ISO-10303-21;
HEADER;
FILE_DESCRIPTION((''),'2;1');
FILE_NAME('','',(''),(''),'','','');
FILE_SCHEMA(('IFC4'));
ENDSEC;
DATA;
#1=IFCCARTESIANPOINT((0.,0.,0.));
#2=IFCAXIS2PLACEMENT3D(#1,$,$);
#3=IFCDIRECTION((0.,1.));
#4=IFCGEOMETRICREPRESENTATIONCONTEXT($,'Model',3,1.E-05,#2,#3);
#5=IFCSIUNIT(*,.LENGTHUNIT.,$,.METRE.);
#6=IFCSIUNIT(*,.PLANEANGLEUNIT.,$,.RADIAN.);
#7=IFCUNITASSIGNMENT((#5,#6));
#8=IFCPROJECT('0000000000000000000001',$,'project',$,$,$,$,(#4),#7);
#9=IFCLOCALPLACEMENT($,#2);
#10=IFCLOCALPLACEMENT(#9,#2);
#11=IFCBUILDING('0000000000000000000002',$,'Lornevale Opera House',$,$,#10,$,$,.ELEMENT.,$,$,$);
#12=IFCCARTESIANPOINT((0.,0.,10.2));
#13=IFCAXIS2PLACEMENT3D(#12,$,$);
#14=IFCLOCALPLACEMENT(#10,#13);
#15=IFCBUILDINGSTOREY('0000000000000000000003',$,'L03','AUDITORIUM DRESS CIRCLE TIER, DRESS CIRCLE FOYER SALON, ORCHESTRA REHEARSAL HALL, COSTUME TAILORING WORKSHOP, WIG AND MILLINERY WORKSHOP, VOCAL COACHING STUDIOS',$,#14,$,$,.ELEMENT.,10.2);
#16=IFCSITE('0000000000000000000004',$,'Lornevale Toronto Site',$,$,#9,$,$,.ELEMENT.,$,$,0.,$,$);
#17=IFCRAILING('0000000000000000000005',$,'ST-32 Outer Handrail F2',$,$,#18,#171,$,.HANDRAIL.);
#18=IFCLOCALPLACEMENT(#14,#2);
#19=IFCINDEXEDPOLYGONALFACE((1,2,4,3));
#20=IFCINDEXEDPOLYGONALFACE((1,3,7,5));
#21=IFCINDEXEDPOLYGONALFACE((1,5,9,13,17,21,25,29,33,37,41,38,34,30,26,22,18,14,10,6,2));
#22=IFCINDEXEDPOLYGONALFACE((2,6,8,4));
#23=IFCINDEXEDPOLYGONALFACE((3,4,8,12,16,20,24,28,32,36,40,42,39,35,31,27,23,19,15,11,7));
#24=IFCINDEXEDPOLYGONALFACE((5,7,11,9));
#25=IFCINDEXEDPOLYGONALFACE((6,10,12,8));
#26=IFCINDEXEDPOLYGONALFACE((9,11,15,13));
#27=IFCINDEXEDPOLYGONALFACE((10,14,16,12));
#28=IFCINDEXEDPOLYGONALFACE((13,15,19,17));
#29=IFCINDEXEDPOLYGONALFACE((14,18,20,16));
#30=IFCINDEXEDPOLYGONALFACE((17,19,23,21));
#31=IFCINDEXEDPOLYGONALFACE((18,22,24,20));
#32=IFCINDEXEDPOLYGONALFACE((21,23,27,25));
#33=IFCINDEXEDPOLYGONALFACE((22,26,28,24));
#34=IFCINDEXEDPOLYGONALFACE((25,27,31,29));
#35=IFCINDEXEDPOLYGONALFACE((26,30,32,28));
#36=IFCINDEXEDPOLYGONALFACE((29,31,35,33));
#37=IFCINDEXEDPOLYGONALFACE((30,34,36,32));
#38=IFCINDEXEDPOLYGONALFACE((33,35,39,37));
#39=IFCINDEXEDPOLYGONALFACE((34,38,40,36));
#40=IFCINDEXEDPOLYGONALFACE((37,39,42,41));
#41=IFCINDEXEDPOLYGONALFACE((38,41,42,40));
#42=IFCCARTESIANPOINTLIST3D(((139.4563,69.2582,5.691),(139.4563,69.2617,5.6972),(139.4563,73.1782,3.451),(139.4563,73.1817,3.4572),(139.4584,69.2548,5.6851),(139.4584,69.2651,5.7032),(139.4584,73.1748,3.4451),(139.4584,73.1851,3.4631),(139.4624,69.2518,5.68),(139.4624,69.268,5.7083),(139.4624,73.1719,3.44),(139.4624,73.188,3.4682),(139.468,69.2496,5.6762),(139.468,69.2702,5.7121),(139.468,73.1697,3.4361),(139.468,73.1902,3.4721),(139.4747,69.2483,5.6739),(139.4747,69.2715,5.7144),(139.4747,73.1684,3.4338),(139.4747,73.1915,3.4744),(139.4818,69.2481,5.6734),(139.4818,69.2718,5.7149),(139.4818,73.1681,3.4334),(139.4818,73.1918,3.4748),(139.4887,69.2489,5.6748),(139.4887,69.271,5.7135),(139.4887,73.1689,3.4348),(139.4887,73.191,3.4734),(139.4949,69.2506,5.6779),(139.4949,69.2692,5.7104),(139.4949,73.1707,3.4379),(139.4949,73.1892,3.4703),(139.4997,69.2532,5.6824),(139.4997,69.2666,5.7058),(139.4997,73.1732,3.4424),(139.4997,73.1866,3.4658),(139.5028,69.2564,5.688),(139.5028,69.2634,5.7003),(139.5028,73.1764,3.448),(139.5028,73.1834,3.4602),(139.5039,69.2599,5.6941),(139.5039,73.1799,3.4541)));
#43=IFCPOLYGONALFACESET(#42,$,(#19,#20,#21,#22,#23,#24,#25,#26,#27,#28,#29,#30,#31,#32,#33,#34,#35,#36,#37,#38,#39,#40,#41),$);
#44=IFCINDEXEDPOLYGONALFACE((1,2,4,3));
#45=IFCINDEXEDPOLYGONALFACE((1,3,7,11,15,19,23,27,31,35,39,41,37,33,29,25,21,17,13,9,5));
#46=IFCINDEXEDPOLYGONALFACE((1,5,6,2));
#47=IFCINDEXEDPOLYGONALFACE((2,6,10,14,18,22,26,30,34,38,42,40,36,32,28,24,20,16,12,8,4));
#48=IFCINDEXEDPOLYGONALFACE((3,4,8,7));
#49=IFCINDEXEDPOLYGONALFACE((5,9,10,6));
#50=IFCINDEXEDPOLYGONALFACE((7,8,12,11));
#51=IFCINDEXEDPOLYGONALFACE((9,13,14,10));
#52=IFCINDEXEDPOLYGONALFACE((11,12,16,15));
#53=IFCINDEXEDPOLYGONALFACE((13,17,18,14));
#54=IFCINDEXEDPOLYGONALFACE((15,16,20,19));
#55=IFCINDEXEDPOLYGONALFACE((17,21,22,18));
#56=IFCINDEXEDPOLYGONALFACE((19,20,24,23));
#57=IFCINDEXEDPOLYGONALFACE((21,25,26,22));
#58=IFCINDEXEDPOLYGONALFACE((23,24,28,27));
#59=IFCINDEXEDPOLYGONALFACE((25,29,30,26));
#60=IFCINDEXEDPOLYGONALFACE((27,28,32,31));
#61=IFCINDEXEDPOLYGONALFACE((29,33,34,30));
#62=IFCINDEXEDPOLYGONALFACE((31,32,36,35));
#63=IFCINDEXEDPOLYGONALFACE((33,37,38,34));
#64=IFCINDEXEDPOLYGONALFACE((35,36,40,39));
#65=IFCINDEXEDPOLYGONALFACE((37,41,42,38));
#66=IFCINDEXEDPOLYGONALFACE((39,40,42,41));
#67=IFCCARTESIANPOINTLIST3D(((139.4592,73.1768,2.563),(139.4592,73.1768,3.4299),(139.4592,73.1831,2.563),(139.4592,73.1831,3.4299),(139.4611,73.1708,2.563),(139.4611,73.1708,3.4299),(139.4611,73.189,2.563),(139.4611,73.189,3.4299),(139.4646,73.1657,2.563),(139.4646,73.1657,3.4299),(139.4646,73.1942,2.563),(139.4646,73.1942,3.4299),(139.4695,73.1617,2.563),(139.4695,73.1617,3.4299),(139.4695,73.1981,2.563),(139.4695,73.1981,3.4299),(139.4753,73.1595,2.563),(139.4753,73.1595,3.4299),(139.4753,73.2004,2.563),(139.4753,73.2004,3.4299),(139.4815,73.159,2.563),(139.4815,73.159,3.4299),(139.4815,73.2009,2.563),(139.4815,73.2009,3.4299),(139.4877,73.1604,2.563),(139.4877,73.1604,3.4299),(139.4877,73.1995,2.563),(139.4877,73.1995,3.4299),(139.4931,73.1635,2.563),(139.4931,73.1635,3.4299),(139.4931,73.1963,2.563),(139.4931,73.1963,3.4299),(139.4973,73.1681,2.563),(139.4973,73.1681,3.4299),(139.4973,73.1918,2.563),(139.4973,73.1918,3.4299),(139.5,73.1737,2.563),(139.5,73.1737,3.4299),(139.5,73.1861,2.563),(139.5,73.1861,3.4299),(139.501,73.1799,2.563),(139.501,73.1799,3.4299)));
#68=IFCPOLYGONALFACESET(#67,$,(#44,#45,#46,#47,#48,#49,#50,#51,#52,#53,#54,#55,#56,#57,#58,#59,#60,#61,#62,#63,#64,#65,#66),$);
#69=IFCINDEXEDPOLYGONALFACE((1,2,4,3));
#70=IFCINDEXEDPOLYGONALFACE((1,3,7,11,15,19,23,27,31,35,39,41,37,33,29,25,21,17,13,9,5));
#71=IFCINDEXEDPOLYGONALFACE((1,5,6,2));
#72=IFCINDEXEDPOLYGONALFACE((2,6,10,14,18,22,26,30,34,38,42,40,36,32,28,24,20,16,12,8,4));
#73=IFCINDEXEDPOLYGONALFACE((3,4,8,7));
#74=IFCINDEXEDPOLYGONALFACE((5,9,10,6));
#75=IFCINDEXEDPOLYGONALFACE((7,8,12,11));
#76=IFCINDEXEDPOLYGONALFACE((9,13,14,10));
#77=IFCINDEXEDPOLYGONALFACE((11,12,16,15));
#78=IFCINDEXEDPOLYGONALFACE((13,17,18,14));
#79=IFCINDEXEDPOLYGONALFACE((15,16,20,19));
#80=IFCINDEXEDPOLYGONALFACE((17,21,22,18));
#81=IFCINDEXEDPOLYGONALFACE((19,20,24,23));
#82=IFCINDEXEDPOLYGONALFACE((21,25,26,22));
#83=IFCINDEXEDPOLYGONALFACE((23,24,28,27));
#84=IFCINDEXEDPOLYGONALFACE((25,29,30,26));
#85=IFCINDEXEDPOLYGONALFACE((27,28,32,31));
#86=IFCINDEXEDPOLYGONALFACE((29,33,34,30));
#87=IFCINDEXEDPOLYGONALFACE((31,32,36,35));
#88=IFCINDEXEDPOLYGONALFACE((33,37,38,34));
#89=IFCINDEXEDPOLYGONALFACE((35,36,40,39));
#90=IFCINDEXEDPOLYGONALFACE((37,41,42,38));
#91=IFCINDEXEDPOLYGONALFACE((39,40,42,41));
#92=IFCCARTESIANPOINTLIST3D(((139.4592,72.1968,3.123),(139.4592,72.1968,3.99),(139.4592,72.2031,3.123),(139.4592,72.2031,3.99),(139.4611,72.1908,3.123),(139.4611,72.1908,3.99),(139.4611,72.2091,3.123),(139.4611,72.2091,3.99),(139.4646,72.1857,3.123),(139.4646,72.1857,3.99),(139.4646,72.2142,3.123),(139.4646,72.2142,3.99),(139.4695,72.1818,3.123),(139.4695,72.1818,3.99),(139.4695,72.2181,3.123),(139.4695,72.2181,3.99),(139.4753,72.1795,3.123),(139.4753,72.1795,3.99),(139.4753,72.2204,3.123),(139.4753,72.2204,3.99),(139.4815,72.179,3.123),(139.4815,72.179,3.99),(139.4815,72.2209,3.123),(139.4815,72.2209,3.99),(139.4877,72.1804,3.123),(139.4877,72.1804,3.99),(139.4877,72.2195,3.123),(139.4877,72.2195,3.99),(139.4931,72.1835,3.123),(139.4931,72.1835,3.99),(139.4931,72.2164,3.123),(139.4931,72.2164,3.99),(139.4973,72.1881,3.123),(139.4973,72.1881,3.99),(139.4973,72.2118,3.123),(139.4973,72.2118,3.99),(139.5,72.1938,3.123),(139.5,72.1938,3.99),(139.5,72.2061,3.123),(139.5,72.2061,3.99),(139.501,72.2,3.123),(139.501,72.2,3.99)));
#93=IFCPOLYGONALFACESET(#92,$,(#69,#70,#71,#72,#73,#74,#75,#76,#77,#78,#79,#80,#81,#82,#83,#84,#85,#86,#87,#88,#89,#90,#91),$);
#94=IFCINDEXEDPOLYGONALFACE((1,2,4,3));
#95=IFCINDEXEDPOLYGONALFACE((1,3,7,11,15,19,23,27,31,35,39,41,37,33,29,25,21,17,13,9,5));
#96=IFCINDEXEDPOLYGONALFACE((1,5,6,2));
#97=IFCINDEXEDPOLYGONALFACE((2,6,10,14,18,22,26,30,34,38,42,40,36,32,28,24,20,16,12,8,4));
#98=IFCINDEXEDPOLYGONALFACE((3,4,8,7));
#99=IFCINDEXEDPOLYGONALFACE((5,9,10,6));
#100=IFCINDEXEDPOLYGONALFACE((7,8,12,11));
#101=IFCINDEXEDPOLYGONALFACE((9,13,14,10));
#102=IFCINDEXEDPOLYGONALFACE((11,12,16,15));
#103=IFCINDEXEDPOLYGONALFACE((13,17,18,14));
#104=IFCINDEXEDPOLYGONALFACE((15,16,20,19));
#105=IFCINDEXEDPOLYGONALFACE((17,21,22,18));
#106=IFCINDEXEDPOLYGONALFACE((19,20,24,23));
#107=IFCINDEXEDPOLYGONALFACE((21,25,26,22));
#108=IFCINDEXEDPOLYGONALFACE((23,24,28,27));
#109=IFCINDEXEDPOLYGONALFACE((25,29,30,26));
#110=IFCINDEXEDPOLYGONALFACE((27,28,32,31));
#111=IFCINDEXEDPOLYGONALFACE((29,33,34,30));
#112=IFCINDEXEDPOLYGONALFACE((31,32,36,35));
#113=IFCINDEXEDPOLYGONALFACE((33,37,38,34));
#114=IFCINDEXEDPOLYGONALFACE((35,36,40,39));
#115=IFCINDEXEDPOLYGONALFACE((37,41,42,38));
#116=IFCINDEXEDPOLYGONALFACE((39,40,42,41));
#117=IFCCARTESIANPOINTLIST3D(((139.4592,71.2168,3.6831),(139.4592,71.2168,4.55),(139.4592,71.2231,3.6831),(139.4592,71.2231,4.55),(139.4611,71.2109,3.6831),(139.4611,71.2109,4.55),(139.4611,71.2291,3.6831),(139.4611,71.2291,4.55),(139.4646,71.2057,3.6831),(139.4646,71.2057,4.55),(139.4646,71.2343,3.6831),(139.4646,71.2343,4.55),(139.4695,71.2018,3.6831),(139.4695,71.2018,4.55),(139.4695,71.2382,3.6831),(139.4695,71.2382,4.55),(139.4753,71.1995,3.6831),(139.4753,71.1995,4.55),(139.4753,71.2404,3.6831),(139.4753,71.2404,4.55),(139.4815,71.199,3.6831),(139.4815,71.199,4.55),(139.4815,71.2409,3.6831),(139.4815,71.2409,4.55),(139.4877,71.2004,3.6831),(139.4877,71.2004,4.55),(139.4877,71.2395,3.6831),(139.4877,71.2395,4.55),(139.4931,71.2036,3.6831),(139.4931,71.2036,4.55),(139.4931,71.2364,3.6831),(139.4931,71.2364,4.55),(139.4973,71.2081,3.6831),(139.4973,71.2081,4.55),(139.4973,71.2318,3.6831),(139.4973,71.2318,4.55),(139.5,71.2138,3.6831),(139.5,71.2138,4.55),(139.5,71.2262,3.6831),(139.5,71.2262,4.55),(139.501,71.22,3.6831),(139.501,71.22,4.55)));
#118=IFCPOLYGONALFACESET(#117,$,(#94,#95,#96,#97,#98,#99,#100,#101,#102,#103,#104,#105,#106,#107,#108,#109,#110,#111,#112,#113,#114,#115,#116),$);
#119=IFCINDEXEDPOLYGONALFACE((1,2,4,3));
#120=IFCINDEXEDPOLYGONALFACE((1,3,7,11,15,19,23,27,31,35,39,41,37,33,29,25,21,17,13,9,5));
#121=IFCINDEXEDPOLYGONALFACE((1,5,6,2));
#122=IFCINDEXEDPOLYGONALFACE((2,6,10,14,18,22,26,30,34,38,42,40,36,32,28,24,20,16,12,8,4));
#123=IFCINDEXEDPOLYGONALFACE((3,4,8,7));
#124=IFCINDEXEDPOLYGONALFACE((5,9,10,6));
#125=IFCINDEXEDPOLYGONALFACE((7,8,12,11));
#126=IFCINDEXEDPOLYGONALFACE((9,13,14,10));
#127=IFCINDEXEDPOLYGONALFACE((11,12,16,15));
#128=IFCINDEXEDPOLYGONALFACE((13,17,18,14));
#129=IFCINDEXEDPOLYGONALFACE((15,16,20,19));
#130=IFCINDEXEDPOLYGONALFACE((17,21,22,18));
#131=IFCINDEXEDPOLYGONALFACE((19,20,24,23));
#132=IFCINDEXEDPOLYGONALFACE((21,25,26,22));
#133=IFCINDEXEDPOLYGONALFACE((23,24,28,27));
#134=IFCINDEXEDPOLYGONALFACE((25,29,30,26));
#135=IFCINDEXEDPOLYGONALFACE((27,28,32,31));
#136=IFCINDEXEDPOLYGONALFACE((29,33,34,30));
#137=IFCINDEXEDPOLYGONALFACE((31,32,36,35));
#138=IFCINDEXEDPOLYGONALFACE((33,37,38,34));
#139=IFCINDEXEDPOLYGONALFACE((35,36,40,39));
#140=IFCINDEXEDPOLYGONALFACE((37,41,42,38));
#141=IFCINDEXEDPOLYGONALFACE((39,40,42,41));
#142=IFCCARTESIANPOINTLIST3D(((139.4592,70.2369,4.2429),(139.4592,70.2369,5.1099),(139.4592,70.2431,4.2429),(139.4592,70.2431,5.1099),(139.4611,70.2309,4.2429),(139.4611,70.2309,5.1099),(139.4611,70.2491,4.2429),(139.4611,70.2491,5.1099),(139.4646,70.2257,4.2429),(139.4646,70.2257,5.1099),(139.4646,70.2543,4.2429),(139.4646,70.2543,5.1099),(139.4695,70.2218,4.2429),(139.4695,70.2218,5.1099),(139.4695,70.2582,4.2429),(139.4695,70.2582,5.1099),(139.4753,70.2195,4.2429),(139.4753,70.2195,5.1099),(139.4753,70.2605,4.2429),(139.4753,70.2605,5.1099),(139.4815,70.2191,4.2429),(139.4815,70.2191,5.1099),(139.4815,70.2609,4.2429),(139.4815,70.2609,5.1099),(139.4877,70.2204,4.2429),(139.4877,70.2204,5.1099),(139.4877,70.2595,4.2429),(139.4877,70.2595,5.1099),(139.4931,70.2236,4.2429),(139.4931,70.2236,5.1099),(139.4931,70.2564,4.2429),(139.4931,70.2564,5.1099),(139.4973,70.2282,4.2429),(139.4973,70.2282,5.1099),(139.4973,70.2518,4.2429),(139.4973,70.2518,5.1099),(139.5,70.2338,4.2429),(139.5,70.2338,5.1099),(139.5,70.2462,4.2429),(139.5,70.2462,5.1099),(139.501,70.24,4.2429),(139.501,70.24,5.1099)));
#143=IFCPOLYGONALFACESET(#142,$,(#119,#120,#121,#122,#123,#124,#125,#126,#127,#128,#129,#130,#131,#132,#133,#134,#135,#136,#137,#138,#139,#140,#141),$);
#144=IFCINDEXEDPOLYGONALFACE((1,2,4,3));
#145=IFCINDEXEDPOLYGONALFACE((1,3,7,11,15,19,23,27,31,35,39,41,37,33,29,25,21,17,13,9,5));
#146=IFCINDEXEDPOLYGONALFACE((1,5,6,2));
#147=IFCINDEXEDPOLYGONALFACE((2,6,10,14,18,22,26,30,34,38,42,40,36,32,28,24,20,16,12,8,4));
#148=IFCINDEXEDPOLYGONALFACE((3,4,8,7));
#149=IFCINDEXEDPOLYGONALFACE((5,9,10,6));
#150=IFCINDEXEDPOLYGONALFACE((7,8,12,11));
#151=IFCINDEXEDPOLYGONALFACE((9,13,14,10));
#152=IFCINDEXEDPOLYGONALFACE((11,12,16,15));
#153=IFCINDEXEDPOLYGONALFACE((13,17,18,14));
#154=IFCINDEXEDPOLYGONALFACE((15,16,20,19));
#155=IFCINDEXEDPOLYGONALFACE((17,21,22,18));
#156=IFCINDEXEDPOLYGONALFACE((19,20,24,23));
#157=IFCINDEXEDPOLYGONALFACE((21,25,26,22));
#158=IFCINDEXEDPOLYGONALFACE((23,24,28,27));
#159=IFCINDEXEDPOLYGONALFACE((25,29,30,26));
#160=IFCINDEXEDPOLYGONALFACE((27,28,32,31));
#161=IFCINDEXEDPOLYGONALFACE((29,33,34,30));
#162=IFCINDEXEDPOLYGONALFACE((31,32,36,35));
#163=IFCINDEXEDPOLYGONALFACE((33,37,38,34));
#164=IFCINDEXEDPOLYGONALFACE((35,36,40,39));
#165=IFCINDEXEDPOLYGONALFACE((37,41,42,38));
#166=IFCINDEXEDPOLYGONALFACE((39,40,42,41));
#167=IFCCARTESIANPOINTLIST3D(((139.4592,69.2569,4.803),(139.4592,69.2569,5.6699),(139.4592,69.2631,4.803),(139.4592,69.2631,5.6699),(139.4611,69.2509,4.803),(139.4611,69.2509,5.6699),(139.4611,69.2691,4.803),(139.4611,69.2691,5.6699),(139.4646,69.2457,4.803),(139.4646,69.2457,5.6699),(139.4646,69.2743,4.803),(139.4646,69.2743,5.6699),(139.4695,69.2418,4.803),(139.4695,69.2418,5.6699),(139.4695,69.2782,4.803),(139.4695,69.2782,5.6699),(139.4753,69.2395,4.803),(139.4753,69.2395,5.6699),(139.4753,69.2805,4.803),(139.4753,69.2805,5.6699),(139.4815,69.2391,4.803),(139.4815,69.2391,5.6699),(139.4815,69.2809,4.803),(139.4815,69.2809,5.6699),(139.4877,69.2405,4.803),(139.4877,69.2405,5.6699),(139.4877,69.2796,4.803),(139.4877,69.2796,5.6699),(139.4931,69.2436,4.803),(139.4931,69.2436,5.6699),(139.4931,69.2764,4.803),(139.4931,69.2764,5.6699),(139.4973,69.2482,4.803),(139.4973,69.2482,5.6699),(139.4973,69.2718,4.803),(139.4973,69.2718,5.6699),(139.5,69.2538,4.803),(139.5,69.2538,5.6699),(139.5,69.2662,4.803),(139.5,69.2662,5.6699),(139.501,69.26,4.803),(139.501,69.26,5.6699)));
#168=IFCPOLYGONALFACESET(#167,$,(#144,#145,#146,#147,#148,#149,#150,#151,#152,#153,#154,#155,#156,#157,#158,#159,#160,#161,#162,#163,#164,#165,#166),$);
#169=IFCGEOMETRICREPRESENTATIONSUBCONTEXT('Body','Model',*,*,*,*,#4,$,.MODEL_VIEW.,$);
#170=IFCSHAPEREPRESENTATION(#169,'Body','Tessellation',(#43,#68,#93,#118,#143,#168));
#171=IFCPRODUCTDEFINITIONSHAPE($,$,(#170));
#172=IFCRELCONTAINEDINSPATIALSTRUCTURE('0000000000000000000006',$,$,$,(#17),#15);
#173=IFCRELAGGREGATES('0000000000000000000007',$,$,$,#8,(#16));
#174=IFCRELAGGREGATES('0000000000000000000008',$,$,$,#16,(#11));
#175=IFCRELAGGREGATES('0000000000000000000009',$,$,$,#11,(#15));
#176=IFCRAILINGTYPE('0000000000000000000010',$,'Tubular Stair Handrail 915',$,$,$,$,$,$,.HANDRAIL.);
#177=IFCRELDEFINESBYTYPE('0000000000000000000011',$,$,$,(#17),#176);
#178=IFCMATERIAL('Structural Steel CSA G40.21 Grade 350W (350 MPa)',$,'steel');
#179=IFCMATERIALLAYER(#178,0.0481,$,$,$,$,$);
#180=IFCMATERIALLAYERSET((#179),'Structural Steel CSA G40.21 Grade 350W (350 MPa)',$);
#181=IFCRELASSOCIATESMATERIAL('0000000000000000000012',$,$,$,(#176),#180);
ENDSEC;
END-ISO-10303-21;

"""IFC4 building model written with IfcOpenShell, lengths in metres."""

from ifc_helpers import new_model, si_unit, direction, frame, origin, origin_2d, place, context, subcontext, project, spatial, circle, extrude, material, layer, layer_set, type_object, element, save


model = new_model("IFC4")

# Units and contexts
model_context = context("Model", 3, precision=1e-05, world=origin(), true_north=direction((0.0, 1.0)))
body_context = subcontext(model_context, "Body", "Model", "MODEL_VIEW")
ifc_project = project(units=[si_unit("LENGTHUNIT", "METRE"), si_unit("PLANEANGLEUNIT", "RADIAN")], contexts=[model_context])

# Site, building, storey
site_placement = place(None, origin())
site = spatial("IfcSite", under=ifc_project, at=site_placement, Name="Lornevale Toronto Site", CompositionType="ELEMENT", RefElevation=0.0)
building_placement = place(site_placement, origin())
building = spatial("IfcBuilding", under=site, at=building_placement, Name="Lornevale Opera House", CompositionType="ELEMENT")
storey_placement = place(building_placement, frame((0.0, 0.0, 10.2)))
storey = spatial("IfcBuildingStorey", under=building, at=storey_placement, Name="L03", Description="AUDITORIUM DRESS CIRCLE TIER, DRESS CIRCLE FOYER SALON, ORCHESTRA REHEARSAL HALL, COSTUME TAILORING WORKSHOP, WIG AND MILLINERY WORKSHOP, VOCAL COACHING STUDIOS", CompositionType="ELEMENT", Elevation=10.2)

# Shared definitions
ifc_material_1 = material(Name="Structural Steel CSA G40.21 Grade 350W (350 MPa)", Category="steel")

# Railing
ifc_layer_1 = layer(ifc_material_1, 0.0481)
ifc_layer_set_1 = layer_set([ifc_layer_1], Name="Structural Steel CSA G40.21 Grade 350W (350 MPa)")
railing_type_1 = type_object("IfcRailingType", Name="Tubular Stair Handrail 915", PredefinedType="HANDRAIL", material=ifc_layer_set_1)
railing_1_placement = place(storey_placement, frame((139.48, 73.1799, 2.563)))
element("IfcRailing", 1, at=railing_1_placement, inside=storey, type_object=railing_type_1, Name="ST-32 Outer Handrail F2", PredefinedType="HANDRAIL", context=body_context, shape_type="SweptSolid", body=[
    extrude(circle(Radius=0.0239, at=origin_2d()), frame((0.0, 0.0, 0.8911), z_axis=(0.0, -0.86824, 0.496145), x_axis=(1.0, 0.0, 0.0)), (0.0, 0.0, 1.0), 4.5149),
    extrude(circle(Radius=0.021, at=origin_2d()), origin(), (0.0, 0.0, 1.0), 0.8669),
    extrude(circle(Radius=0.021, at=origin_2d()), frame((0.0, -0.98, 0.5601)), (0.0, 0.0, 1.0), 0.8669),
    extrude(circle(Radius=0.021, at=origin_2d()), frame((0.0, -1.96, 1.1201)), (0.0, 0.0, 1.0), 0.8669),
    extrude(circle(Radius=0.021, at=origin_2d()), frame((0.0, -2.9399, 1.6799)), (0.0, 0.0, 1.0), 0.8669),
    extrude(circle(Radius=0.021, at=origin_2d()), frame((0.0, -3.9199, 2.24)), (0.0, 0.0, 1.0), 0.8669),
])

save(model, "model.ifc")
